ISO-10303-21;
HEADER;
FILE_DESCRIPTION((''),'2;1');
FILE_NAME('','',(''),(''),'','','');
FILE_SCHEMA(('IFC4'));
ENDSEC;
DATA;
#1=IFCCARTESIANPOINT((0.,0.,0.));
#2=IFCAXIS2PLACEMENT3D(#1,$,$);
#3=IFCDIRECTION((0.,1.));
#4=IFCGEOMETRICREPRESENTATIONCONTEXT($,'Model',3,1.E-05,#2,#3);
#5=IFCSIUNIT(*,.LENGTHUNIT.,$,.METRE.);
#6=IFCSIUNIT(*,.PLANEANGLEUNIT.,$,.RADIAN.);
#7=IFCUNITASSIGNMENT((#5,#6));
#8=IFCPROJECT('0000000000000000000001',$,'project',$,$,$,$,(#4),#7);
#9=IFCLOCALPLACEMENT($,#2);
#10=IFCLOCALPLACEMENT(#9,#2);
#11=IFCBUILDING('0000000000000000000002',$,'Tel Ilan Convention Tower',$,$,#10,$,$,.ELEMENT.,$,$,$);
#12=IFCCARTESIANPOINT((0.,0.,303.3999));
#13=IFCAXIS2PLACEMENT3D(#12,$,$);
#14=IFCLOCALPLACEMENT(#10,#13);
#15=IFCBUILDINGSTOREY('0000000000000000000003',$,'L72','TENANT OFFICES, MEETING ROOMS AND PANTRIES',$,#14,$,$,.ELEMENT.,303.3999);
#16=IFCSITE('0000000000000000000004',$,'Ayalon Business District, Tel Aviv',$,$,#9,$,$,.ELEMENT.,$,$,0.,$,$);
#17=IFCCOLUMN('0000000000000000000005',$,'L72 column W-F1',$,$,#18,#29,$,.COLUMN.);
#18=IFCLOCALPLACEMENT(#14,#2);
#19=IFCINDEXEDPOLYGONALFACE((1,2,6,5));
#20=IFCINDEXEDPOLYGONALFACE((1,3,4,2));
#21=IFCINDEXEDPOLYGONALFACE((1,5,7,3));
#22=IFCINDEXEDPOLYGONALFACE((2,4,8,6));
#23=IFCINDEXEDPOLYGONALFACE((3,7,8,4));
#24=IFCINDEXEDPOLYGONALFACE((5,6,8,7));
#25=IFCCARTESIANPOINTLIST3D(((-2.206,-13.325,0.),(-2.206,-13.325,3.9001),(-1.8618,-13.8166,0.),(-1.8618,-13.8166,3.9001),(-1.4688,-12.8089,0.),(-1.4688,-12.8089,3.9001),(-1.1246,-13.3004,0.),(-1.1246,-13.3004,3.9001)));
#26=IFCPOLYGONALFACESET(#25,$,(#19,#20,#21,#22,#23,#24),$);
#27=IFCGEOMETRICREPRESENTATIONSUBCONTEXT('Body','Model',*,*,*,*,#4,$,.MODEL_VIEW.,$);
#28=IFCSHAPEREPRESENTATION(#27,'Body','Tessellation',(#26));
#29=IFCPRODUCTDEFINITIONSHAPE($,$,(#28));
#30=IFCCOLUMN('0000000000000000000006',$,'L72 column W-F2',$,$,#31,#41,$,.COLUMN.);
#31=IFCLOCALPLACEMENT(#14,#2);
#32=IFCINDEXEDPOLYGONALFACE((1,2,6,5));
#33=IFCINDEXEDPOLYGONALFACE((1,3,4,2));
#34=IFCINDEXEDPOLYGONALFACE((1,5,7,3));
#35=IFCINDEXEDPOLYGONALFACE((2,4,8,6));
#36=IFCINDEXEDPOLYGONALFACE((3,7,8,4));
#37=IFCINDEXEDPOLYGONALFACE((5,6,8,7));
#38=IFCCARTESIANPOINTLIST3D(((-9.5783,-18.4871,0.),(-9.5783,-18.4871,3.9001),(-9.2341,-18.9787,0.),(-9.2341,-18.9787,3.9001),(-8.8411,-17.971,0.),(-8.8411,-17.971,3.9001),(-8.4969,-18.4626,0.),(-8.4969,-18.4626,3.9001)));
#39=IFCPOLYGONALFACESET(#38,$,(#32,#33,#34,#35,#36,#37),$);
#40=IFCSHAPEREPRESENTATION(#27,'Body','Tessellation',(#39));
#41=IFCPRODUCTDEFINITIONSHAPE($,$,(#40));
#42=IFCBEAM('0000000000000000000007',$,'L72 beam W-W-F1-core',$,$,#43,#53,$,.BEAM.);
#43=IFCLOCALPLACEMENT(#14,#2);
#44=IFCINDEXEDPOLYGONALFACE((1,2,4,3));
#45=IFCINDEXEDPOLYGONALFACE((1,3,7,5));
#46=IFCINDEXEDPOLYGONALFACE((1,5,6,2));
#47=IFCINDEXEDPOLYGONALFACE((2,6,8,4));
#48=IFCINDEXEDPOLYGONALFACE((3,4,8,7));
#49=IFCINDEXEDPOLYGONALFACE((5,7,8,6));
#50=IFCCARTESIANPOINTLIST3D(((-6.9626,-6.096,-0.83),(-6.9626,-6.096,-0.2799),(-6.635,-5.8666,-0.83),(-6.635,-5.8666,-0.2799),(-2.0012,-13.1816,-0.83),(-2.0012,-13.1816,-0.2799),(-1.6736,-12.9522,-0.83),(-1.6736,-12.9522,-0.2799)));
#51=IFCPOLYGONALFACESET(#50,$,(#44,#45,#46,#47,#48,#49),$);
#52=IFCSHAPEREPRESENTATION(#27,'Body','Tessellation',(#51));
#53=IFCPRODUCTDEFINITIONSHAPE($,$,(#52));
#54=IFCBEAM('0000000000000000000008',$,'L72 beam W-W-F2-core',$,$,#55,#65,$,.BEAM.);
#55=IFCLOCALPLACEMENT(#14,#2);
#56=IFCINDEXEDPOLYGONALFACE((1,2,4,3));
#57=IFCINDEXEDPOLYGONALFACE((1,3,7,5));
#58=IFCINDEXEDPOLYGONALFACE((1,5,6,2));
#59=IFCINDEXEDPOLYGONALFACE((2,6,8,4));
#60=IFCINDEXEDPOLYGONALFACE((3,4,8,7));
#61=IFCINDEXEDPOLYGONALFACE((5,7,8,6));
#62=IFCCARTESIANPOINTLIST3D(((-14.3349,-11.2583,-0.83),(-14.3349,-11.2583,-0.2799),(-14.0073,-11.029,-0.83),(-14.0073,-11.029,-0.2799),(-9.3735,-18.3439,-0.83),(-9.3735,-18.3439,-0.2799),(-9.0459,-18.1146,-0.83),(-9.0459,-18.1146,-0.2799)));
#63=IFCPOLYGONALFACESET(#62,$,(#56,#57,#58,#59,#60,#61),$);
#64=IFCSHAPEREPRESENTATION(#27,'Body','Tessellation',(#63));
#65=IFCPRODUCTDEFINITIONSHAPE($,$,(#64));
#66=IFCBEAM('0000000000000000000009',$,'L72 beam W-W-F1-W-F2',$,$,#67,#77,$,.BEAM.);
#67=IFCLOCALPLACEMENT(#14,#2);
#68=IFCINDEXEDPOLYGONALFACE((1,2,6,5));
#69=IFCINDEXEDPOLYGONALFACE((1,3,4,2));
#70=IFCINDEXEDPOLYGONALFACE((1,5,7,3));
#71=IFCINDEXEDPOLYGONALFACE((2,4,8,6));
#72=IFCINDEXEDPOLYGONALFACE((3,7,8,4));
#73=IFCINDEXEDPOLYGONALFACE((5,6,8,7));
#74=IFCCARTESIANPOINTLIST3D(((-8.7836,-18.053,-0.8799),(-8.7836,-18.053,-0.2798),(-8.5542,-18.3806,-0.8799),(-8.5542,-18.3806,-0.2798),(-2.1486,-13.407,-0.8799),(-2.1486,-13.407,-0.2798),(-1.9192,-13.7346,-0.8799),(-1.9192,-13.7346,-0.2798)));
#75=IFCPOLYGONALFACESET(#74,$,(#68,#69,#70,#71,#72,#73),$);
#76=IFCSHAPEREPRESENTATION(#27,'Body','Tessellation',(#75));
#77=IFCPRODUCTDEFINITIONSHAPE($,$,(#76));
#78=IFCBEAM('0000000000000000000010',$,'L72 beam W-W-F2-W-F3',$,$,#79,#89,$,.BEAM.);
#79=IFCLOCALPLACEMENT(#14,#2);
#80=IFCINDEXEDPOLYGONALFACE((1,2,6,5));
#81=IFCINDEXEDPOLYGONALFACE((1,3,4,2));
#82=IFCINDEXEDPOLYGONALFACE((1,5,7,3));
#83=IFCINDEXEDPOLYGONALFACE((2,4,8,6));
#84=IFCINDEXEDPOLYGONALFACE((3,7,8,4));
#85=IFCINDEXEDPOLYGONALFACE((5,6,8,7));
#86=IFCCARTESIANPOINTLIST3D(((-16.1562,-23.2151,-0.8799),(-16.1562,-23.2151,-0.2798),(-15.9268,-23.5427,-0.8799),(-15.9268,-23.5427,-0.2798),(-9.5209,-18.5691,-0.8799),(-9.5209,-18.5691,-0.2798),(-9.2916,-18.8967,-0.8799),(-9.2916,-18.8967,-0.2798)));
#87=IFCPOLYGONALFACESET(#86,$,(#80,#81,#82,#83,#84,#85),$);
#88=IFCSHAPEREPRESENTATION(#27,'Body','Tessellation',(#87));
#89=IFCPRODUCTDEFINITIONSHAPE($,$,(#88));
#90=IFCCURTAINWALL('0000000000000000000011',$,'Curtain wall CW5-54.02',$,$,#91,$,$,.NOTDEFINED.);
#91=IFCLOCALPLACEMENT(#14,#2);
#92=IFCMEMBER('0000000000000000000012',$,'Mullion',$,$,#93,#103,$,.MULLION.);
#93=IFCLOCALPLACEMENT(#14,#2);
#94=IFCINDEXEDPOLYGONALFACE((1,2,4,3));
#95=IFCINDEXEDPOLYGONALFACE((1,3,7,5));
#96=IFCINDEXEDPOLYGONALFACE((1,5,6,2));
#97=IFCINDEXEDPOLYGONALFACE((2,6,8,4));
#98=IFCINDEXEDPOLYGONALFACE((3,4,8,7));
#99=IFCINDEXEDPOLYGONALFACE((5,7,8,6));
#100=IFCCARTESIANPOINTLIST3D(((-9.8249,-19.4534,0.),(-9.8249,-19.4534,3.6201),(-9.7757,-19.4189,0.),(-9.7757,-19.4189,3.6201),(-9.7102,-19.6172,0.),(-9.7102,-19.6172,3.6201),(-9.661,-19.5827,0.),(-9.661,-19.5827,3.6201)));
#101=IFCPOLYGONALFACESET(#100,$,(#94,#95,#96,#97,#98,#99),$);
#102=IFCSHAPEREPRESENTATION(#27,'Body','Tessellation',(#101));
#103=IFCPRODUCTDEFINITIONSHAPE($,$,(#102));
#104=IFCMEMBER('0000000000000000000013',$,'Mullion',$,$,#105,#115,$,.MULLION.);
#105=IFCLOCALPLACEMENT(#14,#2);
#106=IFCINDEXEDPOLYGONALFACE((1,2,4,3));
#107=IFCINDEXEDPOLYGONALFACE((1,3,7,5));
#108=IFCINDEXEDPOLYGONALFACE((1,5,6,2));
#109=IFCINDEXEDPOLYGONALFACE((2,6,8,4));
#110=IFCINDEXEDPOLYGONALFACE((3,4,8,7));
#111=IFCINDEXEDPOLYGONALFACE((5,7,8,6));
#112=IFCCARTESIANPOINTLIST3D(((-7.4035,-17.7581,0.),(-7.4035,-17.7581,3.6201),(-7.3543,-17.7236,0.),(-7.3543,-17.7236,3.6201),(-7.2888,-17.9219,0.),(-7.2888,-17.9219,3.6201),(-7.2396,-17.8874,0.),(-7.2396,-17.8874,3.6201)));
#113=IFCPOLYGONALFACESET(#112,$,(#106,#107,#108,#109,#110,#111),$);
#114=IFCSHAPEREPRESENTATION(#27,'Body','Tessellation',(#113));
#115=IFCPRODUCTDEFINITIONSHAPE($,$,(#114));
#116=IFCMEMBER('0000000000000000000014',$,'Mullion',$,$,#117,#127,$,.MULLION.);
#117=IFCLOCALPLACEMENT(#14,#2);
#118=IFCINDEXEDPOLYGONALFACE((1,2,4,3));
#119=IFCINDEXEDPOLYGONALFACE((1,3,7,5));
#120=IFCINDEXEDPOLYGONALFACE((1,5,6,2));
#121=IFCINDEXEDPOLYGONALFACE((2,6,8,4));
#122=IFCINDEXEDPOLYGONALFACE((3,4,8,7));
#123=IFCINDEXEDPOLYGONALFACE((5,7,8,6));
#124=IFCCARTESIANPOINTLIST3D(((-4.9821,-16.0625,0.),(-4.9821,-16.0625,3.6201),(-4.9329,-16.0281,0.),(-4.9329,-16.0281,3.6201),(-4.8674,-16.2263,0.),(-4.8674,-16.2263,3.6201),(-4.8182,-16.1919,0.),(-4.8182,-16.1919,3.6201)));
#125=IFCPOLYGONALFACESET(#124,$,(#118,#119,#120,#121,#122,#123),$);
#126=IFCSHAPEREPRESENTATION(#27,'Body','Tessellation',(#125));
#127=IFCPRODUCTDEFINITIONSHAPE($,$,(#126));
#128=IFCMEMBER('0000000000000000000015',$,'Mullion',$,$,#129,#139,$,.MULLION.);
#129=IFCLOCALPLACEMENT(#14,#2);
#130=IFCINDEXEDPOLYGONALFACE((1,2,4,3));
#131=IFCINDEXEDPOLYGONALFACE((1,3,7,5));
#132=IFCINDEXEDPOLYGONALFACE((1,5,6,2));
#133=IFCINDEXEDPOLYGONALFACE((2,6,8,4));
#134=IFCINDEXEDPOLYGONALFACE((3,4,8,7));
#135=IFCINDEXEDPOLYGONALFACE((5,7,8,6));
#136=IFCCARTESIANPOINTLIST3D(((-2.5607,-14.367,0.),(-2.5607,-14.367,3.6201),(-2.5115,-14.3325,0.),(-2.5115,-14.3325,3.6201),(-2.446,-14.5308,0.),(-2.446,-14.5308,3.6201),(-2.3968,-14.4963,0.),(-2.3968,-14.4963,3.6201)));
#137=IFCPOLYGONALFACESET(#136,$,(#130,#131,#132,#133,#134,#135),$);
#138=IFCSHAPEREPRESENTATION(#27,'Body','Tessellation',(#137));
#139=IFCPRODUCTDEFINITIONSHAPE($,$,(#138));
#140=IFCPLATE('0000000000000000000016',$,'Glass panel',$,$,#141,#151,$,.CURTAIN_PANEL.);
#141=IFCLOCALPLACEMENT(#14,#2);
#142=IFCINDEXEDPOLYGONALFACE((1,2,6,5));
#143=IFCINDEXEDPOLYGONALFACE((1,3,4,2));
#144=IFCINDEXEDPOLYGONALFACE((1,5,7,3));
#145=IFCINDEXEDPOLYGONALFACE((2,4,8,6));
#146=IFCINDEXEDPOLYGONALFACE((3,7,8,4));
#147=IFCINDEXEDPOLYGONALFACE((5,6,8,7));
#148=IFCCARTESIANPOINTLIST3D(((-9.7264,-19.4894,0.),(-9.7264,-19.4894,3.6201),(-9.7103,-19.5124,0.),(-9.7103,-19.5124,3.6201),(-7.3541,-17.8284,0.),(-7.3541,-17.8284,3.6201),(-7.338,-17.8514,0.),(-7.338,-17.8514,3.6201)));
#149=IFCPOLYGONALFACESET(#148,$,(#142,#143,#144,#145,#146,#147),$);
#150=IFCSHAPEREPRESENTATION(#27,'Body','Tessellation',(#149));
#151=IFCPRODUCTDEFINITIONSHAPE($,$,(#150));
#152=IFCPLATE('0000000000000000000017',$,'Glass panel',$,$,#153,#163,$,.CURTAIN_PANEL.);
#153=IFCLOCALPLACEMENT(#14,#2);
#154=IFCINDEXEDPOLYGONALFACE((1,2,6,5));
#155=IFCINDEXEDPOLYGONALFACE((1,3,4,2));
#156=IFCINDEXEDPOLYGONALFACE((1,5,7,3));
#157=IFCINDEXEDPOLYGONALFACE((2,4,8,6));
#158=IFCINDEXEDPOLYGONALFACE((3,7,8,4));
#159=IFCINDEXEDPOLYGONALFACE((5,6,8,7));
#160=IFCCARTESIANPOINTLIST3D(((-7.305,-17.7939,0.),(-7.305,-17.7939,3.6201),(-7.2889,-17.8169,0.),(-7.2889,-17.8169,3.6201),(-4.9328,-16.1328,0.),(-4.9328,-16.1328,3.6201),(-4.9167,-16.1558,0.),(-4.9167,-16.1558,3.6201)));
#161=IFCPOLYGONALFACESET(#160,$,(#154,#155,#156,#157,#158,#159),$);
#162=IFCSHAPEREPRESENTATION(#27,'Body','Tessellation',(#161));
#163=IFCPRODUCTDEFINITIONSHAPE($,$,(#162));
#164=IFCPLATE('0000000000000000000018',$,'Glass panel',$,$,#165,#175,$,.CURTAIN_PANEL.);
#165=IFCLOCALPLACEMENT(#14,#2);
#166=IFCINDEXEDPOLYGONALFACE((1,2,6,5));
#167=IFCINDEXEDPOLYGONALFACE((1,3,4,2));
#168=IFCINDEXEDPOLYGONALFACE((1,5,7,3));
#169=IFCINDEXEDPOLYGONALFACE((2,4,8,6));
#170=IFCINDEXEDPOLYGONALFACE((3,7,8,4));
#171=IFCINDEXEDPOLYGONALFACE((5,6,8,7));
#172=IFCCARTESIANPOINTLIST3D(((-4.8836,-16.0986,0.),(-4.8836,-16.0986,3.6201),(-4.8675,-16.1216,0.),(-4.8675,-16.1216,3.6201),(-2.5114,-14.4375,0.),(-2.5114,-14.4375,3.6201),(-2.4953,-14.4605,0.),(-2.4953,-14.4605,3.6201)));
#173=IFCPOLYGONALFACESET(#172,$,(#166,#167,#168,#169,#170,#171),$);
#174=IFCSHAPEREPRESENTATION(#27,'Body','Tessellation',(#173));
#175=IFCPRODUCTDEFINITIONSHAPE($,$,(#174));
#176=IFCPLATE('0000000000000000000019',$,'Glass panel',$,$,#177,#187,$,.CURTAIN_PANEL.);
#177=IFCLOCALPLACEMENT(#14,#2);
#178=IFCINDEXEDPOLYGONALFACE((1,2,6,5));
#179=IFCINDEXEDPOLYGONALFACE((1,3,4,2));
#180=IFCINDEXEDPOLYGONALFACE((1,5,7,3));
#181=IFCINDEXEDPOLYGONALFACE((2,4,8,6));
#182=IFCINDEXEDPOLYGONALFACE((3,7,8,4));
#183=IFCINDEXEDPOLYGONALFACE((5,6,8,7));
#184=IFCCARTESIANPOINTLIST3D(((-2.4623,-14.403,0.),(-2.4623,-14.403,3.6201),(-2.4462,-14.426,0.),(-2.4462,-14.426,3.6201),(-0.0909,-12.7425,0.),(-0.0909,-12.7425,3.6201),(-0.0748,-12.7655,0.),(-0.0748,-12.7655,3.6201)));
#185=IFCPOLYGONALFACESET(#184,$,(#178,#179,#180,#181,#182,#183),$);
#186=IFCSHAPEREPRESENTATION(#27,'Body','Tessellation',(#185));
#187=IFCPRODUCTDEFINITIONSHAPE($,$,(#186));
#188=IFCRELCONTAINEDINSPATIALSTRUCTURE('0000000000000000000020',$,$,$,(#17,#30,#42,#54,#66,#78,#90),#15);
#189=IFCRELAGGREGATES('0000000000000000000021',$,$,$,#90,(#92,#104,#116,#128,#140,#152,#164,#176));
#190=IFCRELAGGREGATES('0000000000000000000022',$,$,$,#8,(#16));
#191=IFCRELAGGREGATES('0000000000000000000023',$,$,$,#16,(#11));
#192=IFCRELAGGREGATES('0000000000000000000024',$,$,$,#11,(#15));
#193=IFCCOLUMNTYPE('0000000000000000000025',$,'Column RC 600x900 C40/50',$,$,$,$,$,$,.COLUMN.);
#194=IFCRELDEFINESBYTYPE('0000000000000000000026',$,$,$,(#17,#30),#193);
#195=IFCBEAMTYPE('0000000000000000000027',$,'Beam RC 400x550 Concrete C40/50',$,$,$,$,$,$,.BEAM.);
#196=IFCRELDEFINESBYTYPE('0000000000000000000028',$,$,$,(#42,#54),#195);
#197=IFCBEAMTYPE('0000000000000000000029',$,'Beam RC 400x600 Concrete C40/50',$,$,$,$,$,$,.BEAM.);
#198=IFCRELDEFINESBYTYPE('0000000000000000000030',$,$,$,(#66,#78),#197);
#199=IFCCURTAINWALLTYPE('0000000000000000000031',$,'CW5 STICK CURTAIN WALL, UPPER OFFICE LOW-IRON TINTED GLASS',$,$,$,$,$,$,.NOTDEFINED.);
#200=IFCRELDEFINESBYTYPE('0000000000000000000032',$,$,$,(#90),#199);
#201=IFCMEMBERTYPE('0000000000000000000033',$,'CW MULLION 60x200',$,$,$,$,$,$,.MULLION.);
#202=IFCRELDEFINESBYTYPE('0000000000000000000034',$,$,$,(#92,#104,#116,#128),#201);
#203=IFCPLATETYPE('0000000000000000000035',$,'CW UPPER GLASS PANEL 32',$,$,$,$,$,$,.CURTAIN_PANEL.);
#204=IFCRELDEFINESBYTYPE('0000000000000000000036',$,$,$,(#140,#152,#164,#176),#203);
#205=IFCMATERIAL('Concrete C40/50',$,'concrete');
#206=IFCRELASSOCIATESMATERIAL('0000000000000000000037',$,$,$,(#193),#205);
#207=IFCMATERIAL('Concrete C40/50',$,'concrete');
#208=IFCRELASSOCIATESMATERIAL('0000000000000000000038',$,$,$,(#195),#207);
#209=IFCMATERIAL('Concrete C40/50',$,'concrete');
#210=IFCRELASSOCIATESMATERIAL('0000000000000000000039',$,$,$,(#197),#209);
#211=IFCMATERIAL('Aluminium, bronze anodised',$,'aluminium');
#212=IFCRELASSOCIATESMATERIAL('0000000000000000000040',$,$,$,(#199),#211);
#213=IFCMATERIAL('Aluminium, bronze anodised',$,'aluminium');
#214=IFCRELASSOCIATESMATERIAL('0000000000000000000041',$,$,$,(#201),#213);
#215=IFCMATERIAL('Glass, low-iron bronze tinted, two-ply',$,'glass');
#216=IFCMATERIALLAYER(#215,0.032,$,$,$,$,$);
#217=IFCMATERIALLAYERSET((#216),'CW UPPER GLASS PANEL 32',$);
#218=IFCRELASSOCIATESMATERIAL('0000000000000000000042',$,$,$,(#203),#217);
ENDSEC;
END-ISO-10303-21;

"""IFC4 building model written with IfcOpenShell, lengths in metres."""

from ifc_helpers import new_model, si_unit, direction, frame, origin, origin_2d, place, context, subcontext, project, spatial, rectangle, extrude, material, layer, layer_set, material_profile, profile_set, type_object, element, aggregate, save


model = new_model("IFC4")

# Units and contexts
model_context = context("Model", 3, precision=1e-05, world=origin(), true_north=direction((0.0, 1.0)))
body_context = subcontext(model_context, "Body", "Model", "MODEL_VIEW")
ifc_project = project(units=[si_unit("LENGTHUNIT", "METRE"), si_unit("PLANEANGLEUNIT", "RADIAN")], contexts=[model_context])

# Site, building, storey
site_placement = place(None, origin())
site = spatial("IfcSite", under=ifc_project, at=site_placement, Name="Ayalon Business District, Tel Aviv", CompositionType="ELEMENT", RefElevation=0.0)
building_placement = place(site_placement, origin())
building = spatial("IfcBuilding", under=site, at=building_placement, Name="Tel Ilan Convention Tower", CompositionType="ELEMENT")
storey_placement = place(building_placement, frame((0.0, 0.0, 303.3999)))
storey = spatial("IfcBuildingStorey", under=building, at=storey_placement, Name="L72", Description="TENANT OFFICES, MEETING ROOMS AND PANTRIES", CompositionType="ELEMENT", Elevation=303.3999)

# Columns
ifc_material_1 = material(Name="Concrete C40/50", Category="concrete")
ifc_material_profile_1 = material_profile(ifc_material_1, rectangle(XDim=0.8999, YDim=0.6001, at=origin_2d()), Name="RC 600x900")
ifc_profile_set_1 = profile_set([ifc_material_profile_1], Name="Concrete C40/50")
column_type = type_object("IfcColumnType", Name="Column RC 600x900 C40/50", PredefinedType="COLUMN", material=ifc_profile_set_1)
for number, where, z_axis, x_axis, name in (
    (1, (-1.6653, -13.3127, 0.0), (0.0, 0.0, 1.0), (-0.819152, -0.573576, 0.0), "L72 column W-F1"),
    (2, (-9.0376, -18.4749, 0.0), (0.0, 0.0, 1.0), (-0.819152, -0.573576, 0.0), "L72 column W-F2"),
):
    element("IfcColumn", number, at=place(storey_placement, frame(where, z_axis=z_axis, x_axis=x_axis)), inside=storey, type_object=column_type, Name=name, PredefinedType="COLUMN", context=body_context, shape_type="SweptSolid", body=[
        extrude(rectangle(XDim=0.8999, YDim=0.6001, at=origin_2d()), origin(), (0.0, 0.0, 1.0), 3.9001),
    ])

# Beams
ifc_material_2 = material(Name="Concrete C40/50", Category="concrete")
ifc_material_profile_2 = material_profile(ifc_material_2, rectangle(XDim=0.3999, YDim=0.55, at=origin_2d()), Name="RC 400x550")
ifc_profile_set_2 = profile_set([ifc_material_profile_2], Name="Concrete C40/50")
beam_type_1 = type_object("IfcBeamType", Name="Beam RC 400x550 Concrete C40/50", PredefinedType="BEAM", material=ifc_profile_set_2)
for number, where, z_axis, x_axis, name in (
    (3, (-1.8374, -13.0669, -0.5549), (-0.573574, 0.819154, 0.0), (-0.819154, -0.573574, 0.0), "L72 beam W-W-F1-core"),
    (4, (-9.2097, -18.2292, -0.5549), (-0.573574, 0.819154, 0.0), (-0.819154, -0.573574, 0.0), "L72 beam W-W-F2-core"),
):
    element("IfcBeam", number, at=place(storey_placement, frame(where, z_axis=z_axis, x_axis=x_axis)), inside=storey, type_object=beam_type_1, Name=name, PredefinedType="BEAM", context=body_context, shape_type="SweptSolid", body=[
        extrude(rectangle(XDim=0.3999, YDim=0.55, at=origin_2d()), origin(), (0.0, 0.0, 1.0), 8.6499),
    ])
ifc_material_3 = material(Name="Concrete C40/50", Category="concrete")
ifc_material_profile_3 = material_profile(ifc_material_3, rectangle(XDim=0.3999, YDim=0.6001, at=origin_2d()), Name="RC 400x600")
ifc_profile_set_3 = profile_set([ifc_material_profile_3], Name="Concrete C40/50")
beam_type_2 = type_object("IfcBeamType", Name="Beam RC 400x600 Concrete C40/50", PredefinedType="BEAM", material=ifc_profile_set_3)
beam_1_placement = place(storey_placement, frame((-2.0339, -13.5708, -0.5798), z_axis=(-0.819146, -0.573586, 0.0), x_axis=(0.573586, -0.819146, 0.0)))
element("IfcBeam", 5, at=beam_1_placement, inside=storey, type_object=beam_type_2, Name="L72 beam W-W-F1-W-F2", PredefinedType="BEAM", context=body_context, shape_type="SweptSolid", body=[
    extrude(rectangle(XDim=0.3999, YDim=0.6001, at=origin_2d()), origin(), (0.0, 0.0, 1.0), 8.0999),
])
beam_2_placement = place(storey_placement, frame((-9.4062, -18.7329, -0.5798), z_axis=(-0.819155, -0.573572, 0.0), x_axis=(0.573572, -0.819155, 0.0)))
element("IfcBeam", 6, at=beam_2_placement, inside=storey, type_object=beam_type_2, Name="L72 beam W-W-F2-W-F3", PredefinedType="BEAM", context=body_context, shape_type="SweptSolid", body=[
    extrude(rectangle(XDim=0.3999, YDim=0.6001, at=origin_2d()), origin(), (0.0, 0.0, 1.0), 8.1001),
])

# Curtain wall, members, plates
ifc_material_4 = material(Name="Aluminium, bronze anodised", Category="aluminium")
curtain_wall_type = type_object("IfcCurtainWallType", Name="CW5 STICK CURTAIN WALL, UPPER OFFICE LOW-IRON TINTED GLASS", PredefinedType="NOTDEFINED", material=ifc_material_4)
curtain_wall_placement = place(storey_placement, origin())
curtain_wall = element("IfcCurtainWall", 7, at=curtain_wall_placement, inside=storey, type_object=curtain_wall_type, Name="Curtain wall CW5-54.02", PredefinedType="NOTDEFINED")
ifc_material_5 = material(Name="Aluminium, bronze anodised", Category="aluminium")
ifc_material_profile_4 = material_profile(ifc_material_5, rectangle(XDim=0.0601, YDim=0.2, at=origin_2d()), Name="CW MULLION 60x200")
ifc_profile_set_4 = profile_set([ifc_material_profile_4], Name="Aluminium, bronze anodised")
member_type = type_object("IfcMemberType", Name="CW MULLION 60x200", PredefinedType="MULLION", material=ifc_profile_set_4)
member_1_placement = place(storey_placement, frame((-9.7429, -19.5181, 0.0), z_axis=(0.0, 0.0, 1.0), x_axis=(0.819152, 0.573576, 0.0)))
member_1 = element("IfcMember", 8, at=member_1_placement, type_object=member_type, Name="Mullion", PredefinedType="MULLION", context=body_context, shape_type="SweptSolid", body=[
    extrude(rectangle(XDim=0.0601, YDim=0.2, at=origin_2d()), origin(), (0.0, 0.0, 1.0), 3.6201),
])
member_2_placement = place(storey_placement, frame((-7.3215, -17.8228, 0.0), z_axis=(0.0, 0.0, 1.0), x_axis=(0.819152, 0.573576, 0.0)))
member_2 = element("IfcMember", 9, at=member_2_placement, type_object=member_type, Name="Mullion", PredefinedType="MULLION", context=body_context, shape_type="SweptSolid", body=[
    extrude(rectangle(XDim=0.0601, YDim=0.2, at=origin_2d()), origin(), (0.0, 0.0, 1.0), 3.6201),
])
member_3_placement = place(storey_placement, frame((-4.9001, -16.1272, 0.0), z_axis=(0.0, 0.0, 1.0), x_axis=(0.819152, 0.573576, 0.0)))
member_3 = element("IfcMember", 10, at=member_3_placement, type_object=member_type, Name="Mullion", PredefinedType="MULLION", context=body_context, shape_type="SweptSolid", body=[
    extrude(rectangle(XDim=0.0601, YDim=0.2, at=origin_2d()), origin(), (0.0, 0.0, 1.0), 3.6201),
])
member_4_placement = place(storey_placement, frame((-2.4788, -14.4316, 0.0), z_axis=(0.0, 0.0, 1.0), x_axis=(0.819152, 0.573576, 0.0)))
member_4 = element("IfcMember", 11, at=member_4_placement, type_object=member_type, Name="Mullion", PredefinedType="MULLION", context=body_context, shape_type="SweptSolid", body=[
    extrude(rectangle(XDim=0.0601, YDim=0.2, at=origin_2d()), origin(), (0.0, 0.0, 1.0), 3.6201),
])
ifc_material_6 = material(Name="Glass, low-iron bronze tinted, two-ply", Category="glass")
ifc_layer_1 = layer(ifc_material_6, 0.032)
ifc_layer_set_1 = layer_set([ifc_layer_1], Name="CW UPPER GLASS PANEL 32")
plate_type = type_object("IfcPlateType", Name="CW UPPER GLASS PANEL 32", PredefinedType="CURTAIN_PANEL", material=ifc_layer_set_1)
plate_1_placement = place(storey_placement, frame((-8.5322, -18.6704, 0.0), z_axis=(0.0, 0.0, 1.0), x_axis=(0.819152, 0.573576, 0.0)))
plate_1 = element("IfcPlate", 12, at=plate_1_placement, type_object=plate_type, Name="Glass panel", PredefinedType="CURTAIN_PANEL", context=body_context, shape_type="SweptSolid", body=[
    extrude(rectangle(XDim=2.896, YDim=0.0281, at=origin_2d()), origin(), (0.0, 0.0, 1.0), 3.6201),
])
plate_2_placement = place(storey_placement, frame((-6.1108, -16.9749, 0.0), z_axis=(0.0, 0.0, 1.0), x_axis=(0.819152, 0.573576, 0.0)))
plate_2 = element("IfcPlate", 13, at=plate_2_placement, type_object=plate_type, Name="Glass panel", PredefinedType="CURTAIN_PANEL", context=body_context, shape_type="SweptSolid", body=[
    extrude(rectangle(XDim=2.896, YDim=0.0281, at=origin_2d()), origin(), (0.0, 0.0, 1.0), 3.6201),
])
plate_3_placement = place(storey_placement, frame((-3.6895, -15.2795, 0.0), z_axis=(0.0, 0.0, 1.0), x_axis=(0.819152, 0.573576, 0.0)))
plate_3 = element("IfcPlate", 14, at=plate_3_placement, type_object=plate_type, Name="Glass panel", PredefinedType="CURTAIN_PANEL", context=body_context, shape_type="SweptSolid", body=[
    extrude(rectangle(XDim=2.896, YDim=0.0281, at=origin_2d()), origin(), (0.0, 0.0, 1.0), 3.6201),
])
plate_4_placement = place(storey_placement, frame((-1.2686, -13.5842, 0.0), z_axis=(0.0, 0.0, 1.0), x_axis=(0.819152, 0.573576, 0.0)))
plate_4 = element("IfcPlate", 15, at=plate_4_placement, type_object=plate_type, Name="Glass panel", PredefinedType="CURTAIN_PANEL", context=body_context, shape_type="SweptSolid", body=[
    extrude(rectangle(XDim=2.895, YDim=0.0281, at=origin_2d()), origin(), (0.0, 0.0, 1.0), 3.6201),
])
aggregate(curtain_wall, [member_1, member_2, member_3, member_4, plate_1, plate_2, plate_3, plate_4])

save(model, "model.ifc")
